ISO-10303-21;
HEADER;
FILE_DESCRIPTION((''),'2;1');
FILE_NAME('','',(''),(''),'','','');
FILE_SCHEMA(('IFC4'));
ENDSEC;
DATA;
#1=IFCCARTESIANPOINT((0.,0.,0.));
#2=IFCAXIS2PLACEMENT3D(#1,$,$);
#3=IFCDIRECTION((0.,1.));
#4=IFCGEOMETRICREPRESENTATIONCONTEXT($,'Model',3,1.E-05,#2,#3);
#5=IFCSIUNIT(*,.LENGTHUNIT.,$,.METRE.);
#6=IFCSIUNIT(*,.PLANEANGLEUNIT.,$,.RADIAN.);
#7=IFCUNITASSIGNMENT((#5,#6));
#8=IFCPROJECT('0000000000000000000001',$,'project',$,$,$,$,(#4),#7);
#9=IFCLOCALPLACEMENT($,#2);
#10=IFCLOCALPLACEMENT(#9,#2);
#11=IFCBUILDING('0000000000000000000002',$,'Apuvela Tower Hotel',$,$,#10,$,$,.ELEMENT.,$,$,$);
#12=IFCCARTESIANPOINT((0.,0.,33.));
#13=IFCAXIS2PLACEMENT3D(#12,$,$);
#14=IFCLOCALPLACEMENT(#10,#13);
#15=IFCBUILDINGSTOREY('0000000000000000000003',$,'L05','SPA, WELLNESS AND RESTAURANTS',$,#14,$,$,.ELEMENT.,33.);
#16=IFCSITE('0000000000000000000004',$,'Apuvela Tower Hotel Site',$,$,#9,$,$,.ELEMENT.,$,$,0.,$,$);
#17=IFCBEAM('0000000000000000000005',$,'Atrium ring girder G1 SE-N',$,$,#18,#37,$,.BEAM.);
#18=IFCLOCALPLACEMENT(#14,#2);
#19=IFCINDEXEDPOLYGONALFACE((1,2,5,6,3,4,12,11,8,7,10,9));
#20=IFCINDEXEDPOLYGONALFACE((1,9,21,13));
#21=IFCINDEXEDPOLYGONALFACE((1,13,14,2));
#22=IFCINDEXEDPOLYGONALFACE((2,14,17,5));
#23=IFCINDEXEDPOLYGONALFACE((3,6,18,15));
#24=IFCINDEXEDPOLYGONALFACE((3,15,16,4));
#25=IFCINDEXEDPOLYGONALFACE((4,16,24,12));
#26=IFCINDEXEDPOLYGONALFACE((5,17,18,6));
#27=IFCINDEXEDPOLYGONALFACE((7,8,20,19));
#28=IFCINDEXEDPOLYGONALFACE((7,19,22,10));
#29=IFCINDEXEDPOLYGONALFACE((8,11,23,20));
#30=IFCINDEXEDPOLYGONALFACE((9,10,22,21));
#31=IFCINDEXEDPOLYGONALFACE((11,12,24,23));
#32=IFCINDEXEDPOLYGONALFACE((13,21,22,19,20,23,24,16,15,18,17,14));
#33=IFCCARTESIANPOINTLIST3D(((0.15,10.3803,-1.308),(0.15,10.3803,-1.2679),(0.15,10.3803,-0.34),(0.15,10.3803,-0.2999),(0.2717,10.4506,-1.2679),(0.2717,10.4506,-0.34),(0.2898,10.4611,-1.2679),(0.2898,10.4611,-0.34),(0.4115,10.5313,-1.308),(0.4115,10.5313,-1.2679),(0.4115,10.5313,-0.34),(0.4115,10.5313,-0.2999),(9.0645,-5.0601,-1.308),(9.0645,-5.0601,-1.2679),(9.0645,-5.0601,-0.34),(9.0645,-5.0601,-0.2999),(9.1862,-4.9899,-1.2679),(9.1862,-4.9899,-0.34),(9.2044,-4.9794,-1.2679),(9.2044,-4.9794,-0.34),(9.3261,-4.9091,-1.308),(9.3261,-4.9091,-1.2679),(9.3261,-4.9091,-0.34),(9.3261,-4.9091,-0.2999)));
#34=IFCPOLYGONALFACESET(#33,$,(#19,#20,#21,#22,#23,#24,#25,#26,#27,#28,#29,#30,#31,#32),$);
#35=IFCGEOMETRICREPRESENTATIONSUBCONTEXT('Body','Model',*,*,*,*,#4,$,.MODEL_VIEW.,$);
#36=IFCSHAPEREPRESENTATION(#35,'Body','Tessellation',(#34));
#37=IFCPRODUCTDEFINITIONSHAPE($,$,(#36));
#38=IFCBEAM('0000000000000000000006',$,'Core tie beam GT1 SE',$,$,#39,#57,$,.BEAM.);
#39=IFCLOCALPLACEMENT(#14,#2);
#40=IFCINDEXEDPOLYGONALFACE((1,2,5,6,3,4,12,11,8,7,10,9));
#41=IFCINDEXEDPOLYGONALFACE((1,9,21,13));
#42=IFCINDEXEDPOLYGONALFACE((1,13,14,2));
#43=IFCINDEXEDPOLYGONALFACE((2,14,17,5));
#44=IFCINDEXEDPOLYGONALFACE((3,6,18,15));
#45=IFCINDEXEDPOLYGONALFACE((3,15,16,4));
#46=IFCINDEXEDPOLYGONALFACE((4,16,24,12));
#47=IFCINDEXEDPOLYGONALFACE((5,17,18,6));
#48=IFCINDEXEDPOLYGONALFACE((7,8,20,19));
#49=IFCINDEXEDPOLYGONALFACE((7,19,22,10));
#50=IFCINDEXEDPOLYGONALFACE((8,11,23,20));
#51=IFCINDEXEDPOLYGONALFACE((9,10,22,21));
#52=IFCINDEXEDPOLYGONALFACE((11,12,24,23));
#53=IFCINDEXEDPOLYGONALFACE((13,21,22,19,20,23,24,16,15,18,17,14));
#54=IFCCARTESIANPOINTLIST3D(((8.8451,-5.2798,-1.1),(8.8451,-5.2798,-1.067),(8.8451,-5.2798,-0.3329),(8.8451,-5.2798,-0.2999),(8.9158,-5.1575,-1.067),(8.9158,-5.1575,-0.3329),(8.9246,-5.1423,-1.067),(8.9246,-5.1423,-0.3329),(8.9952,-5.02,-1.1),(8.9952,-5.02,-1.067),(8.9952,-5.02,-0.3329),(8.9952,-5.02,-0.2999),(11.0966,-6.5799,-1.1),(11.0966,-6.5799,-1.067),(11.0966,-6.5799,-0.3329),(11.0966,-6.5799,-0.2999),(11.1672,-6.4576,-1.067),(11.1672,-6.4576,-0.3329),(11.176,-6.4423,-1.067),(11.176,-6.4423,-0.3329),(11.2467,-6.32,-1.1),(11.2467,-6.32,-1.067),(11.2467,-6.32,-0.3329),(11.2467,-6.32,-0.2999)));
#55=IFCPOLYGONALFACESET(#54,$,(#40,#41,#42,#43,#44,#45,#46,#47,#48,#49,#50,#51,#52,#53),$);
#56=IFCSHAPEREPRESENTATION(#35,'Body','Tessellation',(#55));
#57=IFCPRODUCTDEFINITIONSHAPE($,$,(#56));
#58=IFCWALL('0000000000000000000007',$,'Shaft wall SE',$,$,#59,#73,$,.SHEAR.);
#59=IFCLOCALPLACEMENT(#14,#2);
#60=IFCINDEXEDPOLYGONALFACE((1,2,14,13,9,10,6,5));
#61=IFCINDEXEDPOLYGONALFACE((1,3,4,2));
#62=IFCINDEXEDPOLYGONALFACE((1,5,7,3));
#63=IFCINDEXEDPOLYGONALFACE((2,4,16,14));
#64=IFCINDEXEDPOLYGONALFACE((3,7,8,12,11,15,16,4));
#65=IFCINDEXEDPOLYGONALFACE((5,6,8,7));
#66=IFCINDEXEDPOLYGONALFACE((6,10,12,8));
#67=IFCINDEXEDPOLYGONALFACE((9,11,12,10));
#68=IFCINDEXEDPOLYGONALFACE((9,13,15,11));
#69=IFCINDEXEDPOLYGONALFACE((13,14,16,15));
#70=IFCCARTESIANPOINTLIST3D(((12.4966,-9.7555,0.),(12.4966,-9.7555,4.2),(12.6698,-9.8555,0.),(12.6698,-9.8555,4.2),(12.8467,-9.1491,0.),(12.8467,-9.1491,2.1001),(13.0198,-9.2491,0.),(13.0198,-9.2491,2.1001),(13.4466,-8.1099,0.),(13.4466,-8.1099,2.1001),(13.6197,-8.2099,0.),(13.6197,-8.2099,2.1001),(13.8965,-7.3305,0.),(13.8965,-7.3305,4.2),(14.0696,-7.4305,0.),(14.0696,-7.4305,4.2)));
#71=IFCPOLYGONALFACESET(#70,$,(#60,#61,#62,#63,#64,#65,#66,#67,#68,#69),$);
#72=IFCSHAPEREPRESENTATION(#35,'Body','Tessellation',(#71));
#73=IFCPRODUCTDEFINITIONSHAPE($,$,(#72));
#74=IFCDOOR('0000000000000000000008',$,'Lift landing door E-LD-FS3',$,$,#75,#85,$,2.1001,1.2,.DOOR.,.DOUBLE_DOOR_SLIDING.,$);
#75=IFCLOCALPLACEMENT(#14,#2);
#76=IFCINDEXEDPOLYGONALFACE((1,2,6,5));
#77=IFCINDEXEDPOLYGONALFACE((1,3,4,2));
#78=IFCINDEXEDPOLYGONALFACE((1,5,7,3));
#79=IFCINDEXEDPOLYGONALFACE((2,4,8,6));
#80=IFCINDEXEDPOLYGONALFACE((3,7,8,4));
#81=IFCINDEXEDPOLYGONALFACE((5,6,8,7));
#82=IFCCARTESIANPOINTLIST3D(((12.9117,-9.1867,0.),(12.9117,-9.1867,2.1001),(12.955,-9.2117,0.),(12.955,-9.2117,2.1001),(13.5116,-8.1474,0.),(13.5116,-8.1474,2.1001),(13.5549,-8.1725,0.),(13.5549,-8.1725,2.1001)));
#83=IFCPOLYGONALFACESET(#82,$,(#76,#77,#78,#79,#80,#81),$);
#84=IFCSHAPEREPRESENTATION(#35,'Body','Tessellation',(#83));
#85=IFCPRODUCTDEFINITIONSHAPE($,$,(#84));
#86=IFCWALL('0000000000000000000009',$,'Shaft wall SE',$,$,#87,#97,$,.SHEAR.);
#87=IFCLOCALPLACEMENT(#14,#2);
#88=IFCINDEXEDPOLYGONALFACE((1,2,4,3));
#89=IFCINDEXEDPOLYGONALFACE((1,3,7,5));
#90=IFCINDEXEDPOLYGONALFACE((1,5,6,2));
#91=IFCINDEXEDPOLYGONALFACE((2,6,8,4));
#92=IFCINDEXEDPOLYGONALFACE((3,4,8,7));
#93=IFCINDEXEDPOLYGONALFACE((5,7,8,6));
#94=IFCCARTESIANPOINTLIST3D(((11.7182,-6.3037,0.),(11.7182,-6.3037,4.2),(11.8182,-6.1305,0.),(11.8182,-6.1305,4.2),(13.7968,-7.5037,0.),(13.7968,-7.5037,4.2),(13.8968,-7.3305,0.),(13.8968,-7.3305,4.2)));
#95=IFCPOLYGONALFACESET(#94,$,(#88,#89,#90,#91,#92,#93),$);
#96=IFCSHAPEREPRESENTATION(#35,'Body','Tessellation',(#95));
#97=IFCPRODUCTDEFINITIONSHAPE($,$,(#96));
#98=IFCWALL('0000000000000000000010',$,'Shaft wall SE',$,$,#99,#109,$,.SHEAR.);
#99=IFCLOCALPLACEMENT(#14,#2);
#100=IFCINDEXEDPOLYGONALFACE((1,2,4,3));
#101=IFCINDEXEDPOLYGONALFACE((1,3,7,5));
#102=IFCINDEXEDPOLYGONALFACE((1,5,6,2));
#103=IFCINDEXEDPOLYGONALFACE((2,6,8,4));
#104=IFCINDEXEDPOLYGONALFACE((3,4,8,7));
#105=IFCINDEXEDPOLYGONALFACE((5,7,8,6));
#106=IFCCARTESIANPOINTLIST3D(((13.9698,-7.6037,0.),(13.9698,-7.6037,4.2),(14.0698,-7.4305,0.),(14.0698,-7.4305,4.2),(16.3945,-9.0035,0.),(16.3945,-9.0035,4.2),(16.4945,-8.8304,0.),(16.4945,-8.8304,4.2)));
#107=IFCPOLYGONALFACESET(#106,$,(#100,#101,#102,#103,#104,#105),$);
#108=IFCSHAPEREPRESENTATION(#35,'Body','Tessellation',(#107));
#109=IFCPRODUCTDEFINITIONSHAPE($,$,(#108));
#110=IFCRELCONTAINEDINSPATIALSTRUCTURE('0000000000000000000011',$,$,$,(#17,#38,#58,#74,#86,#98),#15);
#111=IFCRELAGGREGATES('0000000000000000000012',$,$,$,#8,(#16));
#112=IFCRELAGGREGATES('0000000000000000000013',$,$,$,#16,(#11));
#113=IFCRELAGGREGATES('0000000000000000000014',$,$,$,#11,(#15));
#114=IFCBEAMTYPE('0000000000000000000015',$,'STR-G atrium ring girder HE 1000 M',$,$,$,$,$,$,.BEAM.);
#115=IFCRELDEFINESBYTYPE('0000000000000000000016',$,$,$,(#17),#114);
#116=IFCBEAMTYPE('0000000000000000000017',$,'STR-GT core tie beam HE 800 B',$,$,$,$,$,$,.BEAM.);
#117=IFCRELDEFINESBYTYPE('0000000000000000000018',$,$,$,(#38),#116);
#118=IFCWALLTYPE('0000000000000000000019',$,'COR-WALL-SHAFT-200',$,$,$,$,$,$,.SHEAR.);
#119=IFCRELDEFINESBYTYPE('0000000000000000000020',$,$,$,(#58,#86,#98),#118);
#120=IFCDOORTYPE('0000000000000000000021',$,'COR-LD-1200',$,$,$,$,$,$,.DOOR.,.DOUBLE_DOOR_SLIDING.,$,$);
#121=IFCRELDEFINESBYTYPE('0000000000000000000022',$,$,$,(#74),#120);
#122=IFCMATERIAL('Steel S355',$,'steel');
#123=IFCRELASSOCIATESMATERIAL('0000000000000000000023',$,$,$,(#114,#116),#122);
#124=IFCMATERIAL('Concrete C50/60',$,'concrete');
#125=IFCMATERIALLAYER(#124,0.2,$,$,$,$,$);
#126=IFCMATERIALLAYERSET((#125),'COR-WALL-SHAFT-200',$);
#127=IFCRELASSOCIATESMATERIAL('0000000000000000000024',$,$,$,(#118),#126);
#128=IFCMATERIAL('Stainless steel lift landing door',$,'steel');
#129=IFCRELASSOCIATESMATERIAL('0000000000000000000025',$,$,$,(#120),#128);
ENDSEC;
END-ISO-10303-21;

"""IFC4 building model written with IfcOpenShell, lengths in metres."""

from ifc_helpers import new_model, si_unit, direction, frame, frame_2d, origin, origin_2d, place, context, subcontext, project, spatial, rectangle, i_section, extrude, material, layer, layer_set, material_profile, profile_set, type_object, element, fill, save


model = new_model("IFC4")

# Units and contexts
model_context = context("Model", 3, precision=1e-05, world=origin(), true_north=direction((0.0, 1.0)))
body_context = subcontext(model_context, "Body", "Model", "MODEL_VIEW")
ifc_project = project(units=[si_unit("LENGTHUNIT", "METRE"), si_unit("PLANEANGLEUNIT", "RADIAN")], contexts=[model_context])

# Site, building, storey
site_placement = place(None, origin())
site = spatial("IfcSite", under=ifc_project, at=site_placement, Name="Apuvela Tower Hotel Site", CompositionType="ELEMENT", RefElevation=0.0)
building_placement = place(site_placement, origin())
building = spatial("IfcBuilding", under=site, at=building_placement, Name="Apuvela Tower Hotel", CompositionType="ELEMENT")
storey_placement = place(building_placement, frame((0.0, 0.0, 33.0)))
storey = spatial("IfcBuildingStorey", under=building, at=storey_placement, Name="L05", Description="SPA, WELLNESS AND RESTAURANTS", CompositionType="ELEMENT", Elevation=33.0)

# Beams
ifc_material_1 = material(Name="Steel S355", Category="steel")
ifc_material_profile_1 = material_profile(ifc_material_1, i_section(OverallWidth=0.302, OverallDepth=1.0081, WebThickness=0.021, FlangeThickness=0.04, at=origin_2d()), Name="HE 1000 M")
ifc_profile_set_1 = profile_set([ifc_material_profile_1], Name="Steel S355")
beam_type_1 = type_object("IfcBeamType", Name="STR-G atrium ring girder HE 1000 M", PredefinedType="BEAM", material=ifc_profile_set_1)
beam_1_placement = place(storey_placement, frame((9.1953, -4.9846, -0.804), z_axis=(-0.500001, 0.866025, 0.0), x_axis=(-0.866025, -0.500001, 0.0)))
element("IfcBeam", 1, at=beam_1_placement, inside=storey, type_object=beam_type_1, Name="Atrium ring girder G1 SE-N", PredefinedType="BEAM", context=body_context, shape_type="SweptSolid", body=[
    extrude(i_section(OverallWidth=0.302, OverallDepth=1.0081, WebThickness=0.021, FlangeThickness=0.04, at=origin_2d()), origin(), (0.0, 0.0, 1.0), 17.8291),
])
ifc_material_profile_2 = material_profile(ifc_material_1, i_section(OverallWidth=0.3, OverallDepth=0.8, WebThickness=0.0176, FlangeThickness=0.033, at=origin_2d()), Name="HE 800 B")
ifc_profile_set_2 = profile_set([ifc_material_profile_2], Name="Steel S355")
beam_type_2 = type_object("IfcBeamType", Name="STR-GT core tie beam HE 800 B", PredefinedType="BEAM", material=ifc_profile_set_2)
beam_2_placement = place(storey_placement, frame((11.1716, -6.45, -0.7), z_axis=(-0.865998, 0.500048, 0.0), x_axis=(-0.500048, -0.865998, 0.0)))
element("IfcBeam", 2, at=beam_2_placement, inside=storey, type_object=beam_type_2, Name="Core tie beam GT1 SE", PredefinedType="BEAM", context=body_context, shape_type="SweptSolid", body=[
    extrude(i_section(OverallWidth=0.3, OverallDepth=0.8, WebThickness=0.0176, FlangeThickness=0.033, at=origin_2d()), origin(), (0.0, 0.0, 1.0), 2.5999),
])

# Wall, opening, door
ifc_material_2 = material(Name="Concrete C50/60", Category="concrete")
ifc_layer_1 = layer(ifc_material_2, 0.2)
ifc_layer_set_1 = layer_set([ifc_layer_1], Name="COR-WALL-SHAFT-200")
wall_type_1 = type_object("IfcWallType", Name="COR-WALL-SHAFT-200", PredefinedType="SHEAR", material=ifc_layer_set_1)
wall_1_placement = place(storey_placement, frame((12.5833, -9.8054, 0.0), z_axis=(0.0, 0.0, 1.0), x_axis=(0.499946, 0.866056, 0.0)))
wall_1 = element("IfcWall", 3, at=wall_1_placement, inside=storey, type_object=wall_type_1, Name="Shaft wall SE", PredefinedType="SHEAR", context=body_context, shape_type="SweptSolid", body=[
    extrude(rectangle(XDim=2.8, YDim=0.2, at=frame_2d((1.3999, 0.0))), origin(), (0.0, 0.0, 1.0), 4.2),
])
opening_1_placement = place(wall_1_placement, frame((0.7, 0.0, 0.0)))
opening_1 = element("IfcOpeningElement", 4, at=opening_1_placement, cuts=wall_1, PredefinedType="OPENING", context=body_context, shape_type="SweptSolid", body=[
    extrude(rectangle(XDim=1.2, YDim=2.1001, at=frame_2d((0.6001, 1.05))), frame((0.0, 0.1099, 0.0), z_axis=(0.0, -1.0, 0.0), x_axis=(1.0, 0.0, 0.0)), (0.0, 0.0, 1.0), 0.22),
])
ifc_material_3 = material(Name="Stainless steel lift landing door", Category="steel")
door_type_1 = type_object("IfcDoorType", Name="COR-LD-1200", OperationType="DOUBLE_DOOR_SLIDING", PredefinedType="DOOR", material=ifc_material_3)
door_1_placement = place(opening_1_placement, origin())
door_1 = element("IfcDoor", 5, at=door_1_placement, inside=storey, type_object=door_type_1, Name="Lift landing door E-LD-FS3", OperationType="DOUBLE_DOOR_SLIDING", OverallHeight=2.1001, OverallWidth=1.2, PredefinedType="DOOR", context=body_context, shape_type="SweptSolid", body=[
    extrude(rectangle(XDim=1.2, YDim=2.1001, at=frame_2d((0.6001, 1.05))), frame((0.0, 0.0249, 0.0), z_axis=(0.0, -1.0, 0.0), x_axis=(1.0, 0.0, 0.0)), (0.0, 0.0, 1.0), 0.05),
])
fill(opening_1, door_1)

# Walls
wall_2_placement = place(storey_placement, frame((11.7681, -6.217, 0.0), z_axis=(0.0, 0.0, 1.0), x_axis=(0.86605, -0.499957, 0.0)))
element("IfcWall", 6, at=wall_2_placement, inside=storey, type_object=wall_type_1, Name="Shaft wall SE", PredefinedType="SHEAR", context=body_context, shape_type="SweptSolid", body=[
    extrude(rectangle(XDim=2.4001, YDim=0.2, at=frame_2d((1.2002, 0.0))), origin(), (0.0, 0.0, 1.0), 4.2),
])
wall_3_placement = place(storey_placement, frame((14.0198, -7.5171, 0.0), z_axis=(0.0, 0.0, 1.0), x_axis=(0.866035, -0.499984, 0.0)))
element("IfcWall", 7, at=wall_3_placement, inside=storey, type_object=wall_type_1, Name="Shaft wall SE", PredefinedType="SHEAR", context=body_context, shape_type="SweptSolid", body=[
    extrude(rectangle(XDim=2.7998, YDim=0.2, at=frame_2d((1.3999, 0.0))), origin(), (0.0, 0.0, 1.0), 4.2),
])

save(model, "model.ifc")
